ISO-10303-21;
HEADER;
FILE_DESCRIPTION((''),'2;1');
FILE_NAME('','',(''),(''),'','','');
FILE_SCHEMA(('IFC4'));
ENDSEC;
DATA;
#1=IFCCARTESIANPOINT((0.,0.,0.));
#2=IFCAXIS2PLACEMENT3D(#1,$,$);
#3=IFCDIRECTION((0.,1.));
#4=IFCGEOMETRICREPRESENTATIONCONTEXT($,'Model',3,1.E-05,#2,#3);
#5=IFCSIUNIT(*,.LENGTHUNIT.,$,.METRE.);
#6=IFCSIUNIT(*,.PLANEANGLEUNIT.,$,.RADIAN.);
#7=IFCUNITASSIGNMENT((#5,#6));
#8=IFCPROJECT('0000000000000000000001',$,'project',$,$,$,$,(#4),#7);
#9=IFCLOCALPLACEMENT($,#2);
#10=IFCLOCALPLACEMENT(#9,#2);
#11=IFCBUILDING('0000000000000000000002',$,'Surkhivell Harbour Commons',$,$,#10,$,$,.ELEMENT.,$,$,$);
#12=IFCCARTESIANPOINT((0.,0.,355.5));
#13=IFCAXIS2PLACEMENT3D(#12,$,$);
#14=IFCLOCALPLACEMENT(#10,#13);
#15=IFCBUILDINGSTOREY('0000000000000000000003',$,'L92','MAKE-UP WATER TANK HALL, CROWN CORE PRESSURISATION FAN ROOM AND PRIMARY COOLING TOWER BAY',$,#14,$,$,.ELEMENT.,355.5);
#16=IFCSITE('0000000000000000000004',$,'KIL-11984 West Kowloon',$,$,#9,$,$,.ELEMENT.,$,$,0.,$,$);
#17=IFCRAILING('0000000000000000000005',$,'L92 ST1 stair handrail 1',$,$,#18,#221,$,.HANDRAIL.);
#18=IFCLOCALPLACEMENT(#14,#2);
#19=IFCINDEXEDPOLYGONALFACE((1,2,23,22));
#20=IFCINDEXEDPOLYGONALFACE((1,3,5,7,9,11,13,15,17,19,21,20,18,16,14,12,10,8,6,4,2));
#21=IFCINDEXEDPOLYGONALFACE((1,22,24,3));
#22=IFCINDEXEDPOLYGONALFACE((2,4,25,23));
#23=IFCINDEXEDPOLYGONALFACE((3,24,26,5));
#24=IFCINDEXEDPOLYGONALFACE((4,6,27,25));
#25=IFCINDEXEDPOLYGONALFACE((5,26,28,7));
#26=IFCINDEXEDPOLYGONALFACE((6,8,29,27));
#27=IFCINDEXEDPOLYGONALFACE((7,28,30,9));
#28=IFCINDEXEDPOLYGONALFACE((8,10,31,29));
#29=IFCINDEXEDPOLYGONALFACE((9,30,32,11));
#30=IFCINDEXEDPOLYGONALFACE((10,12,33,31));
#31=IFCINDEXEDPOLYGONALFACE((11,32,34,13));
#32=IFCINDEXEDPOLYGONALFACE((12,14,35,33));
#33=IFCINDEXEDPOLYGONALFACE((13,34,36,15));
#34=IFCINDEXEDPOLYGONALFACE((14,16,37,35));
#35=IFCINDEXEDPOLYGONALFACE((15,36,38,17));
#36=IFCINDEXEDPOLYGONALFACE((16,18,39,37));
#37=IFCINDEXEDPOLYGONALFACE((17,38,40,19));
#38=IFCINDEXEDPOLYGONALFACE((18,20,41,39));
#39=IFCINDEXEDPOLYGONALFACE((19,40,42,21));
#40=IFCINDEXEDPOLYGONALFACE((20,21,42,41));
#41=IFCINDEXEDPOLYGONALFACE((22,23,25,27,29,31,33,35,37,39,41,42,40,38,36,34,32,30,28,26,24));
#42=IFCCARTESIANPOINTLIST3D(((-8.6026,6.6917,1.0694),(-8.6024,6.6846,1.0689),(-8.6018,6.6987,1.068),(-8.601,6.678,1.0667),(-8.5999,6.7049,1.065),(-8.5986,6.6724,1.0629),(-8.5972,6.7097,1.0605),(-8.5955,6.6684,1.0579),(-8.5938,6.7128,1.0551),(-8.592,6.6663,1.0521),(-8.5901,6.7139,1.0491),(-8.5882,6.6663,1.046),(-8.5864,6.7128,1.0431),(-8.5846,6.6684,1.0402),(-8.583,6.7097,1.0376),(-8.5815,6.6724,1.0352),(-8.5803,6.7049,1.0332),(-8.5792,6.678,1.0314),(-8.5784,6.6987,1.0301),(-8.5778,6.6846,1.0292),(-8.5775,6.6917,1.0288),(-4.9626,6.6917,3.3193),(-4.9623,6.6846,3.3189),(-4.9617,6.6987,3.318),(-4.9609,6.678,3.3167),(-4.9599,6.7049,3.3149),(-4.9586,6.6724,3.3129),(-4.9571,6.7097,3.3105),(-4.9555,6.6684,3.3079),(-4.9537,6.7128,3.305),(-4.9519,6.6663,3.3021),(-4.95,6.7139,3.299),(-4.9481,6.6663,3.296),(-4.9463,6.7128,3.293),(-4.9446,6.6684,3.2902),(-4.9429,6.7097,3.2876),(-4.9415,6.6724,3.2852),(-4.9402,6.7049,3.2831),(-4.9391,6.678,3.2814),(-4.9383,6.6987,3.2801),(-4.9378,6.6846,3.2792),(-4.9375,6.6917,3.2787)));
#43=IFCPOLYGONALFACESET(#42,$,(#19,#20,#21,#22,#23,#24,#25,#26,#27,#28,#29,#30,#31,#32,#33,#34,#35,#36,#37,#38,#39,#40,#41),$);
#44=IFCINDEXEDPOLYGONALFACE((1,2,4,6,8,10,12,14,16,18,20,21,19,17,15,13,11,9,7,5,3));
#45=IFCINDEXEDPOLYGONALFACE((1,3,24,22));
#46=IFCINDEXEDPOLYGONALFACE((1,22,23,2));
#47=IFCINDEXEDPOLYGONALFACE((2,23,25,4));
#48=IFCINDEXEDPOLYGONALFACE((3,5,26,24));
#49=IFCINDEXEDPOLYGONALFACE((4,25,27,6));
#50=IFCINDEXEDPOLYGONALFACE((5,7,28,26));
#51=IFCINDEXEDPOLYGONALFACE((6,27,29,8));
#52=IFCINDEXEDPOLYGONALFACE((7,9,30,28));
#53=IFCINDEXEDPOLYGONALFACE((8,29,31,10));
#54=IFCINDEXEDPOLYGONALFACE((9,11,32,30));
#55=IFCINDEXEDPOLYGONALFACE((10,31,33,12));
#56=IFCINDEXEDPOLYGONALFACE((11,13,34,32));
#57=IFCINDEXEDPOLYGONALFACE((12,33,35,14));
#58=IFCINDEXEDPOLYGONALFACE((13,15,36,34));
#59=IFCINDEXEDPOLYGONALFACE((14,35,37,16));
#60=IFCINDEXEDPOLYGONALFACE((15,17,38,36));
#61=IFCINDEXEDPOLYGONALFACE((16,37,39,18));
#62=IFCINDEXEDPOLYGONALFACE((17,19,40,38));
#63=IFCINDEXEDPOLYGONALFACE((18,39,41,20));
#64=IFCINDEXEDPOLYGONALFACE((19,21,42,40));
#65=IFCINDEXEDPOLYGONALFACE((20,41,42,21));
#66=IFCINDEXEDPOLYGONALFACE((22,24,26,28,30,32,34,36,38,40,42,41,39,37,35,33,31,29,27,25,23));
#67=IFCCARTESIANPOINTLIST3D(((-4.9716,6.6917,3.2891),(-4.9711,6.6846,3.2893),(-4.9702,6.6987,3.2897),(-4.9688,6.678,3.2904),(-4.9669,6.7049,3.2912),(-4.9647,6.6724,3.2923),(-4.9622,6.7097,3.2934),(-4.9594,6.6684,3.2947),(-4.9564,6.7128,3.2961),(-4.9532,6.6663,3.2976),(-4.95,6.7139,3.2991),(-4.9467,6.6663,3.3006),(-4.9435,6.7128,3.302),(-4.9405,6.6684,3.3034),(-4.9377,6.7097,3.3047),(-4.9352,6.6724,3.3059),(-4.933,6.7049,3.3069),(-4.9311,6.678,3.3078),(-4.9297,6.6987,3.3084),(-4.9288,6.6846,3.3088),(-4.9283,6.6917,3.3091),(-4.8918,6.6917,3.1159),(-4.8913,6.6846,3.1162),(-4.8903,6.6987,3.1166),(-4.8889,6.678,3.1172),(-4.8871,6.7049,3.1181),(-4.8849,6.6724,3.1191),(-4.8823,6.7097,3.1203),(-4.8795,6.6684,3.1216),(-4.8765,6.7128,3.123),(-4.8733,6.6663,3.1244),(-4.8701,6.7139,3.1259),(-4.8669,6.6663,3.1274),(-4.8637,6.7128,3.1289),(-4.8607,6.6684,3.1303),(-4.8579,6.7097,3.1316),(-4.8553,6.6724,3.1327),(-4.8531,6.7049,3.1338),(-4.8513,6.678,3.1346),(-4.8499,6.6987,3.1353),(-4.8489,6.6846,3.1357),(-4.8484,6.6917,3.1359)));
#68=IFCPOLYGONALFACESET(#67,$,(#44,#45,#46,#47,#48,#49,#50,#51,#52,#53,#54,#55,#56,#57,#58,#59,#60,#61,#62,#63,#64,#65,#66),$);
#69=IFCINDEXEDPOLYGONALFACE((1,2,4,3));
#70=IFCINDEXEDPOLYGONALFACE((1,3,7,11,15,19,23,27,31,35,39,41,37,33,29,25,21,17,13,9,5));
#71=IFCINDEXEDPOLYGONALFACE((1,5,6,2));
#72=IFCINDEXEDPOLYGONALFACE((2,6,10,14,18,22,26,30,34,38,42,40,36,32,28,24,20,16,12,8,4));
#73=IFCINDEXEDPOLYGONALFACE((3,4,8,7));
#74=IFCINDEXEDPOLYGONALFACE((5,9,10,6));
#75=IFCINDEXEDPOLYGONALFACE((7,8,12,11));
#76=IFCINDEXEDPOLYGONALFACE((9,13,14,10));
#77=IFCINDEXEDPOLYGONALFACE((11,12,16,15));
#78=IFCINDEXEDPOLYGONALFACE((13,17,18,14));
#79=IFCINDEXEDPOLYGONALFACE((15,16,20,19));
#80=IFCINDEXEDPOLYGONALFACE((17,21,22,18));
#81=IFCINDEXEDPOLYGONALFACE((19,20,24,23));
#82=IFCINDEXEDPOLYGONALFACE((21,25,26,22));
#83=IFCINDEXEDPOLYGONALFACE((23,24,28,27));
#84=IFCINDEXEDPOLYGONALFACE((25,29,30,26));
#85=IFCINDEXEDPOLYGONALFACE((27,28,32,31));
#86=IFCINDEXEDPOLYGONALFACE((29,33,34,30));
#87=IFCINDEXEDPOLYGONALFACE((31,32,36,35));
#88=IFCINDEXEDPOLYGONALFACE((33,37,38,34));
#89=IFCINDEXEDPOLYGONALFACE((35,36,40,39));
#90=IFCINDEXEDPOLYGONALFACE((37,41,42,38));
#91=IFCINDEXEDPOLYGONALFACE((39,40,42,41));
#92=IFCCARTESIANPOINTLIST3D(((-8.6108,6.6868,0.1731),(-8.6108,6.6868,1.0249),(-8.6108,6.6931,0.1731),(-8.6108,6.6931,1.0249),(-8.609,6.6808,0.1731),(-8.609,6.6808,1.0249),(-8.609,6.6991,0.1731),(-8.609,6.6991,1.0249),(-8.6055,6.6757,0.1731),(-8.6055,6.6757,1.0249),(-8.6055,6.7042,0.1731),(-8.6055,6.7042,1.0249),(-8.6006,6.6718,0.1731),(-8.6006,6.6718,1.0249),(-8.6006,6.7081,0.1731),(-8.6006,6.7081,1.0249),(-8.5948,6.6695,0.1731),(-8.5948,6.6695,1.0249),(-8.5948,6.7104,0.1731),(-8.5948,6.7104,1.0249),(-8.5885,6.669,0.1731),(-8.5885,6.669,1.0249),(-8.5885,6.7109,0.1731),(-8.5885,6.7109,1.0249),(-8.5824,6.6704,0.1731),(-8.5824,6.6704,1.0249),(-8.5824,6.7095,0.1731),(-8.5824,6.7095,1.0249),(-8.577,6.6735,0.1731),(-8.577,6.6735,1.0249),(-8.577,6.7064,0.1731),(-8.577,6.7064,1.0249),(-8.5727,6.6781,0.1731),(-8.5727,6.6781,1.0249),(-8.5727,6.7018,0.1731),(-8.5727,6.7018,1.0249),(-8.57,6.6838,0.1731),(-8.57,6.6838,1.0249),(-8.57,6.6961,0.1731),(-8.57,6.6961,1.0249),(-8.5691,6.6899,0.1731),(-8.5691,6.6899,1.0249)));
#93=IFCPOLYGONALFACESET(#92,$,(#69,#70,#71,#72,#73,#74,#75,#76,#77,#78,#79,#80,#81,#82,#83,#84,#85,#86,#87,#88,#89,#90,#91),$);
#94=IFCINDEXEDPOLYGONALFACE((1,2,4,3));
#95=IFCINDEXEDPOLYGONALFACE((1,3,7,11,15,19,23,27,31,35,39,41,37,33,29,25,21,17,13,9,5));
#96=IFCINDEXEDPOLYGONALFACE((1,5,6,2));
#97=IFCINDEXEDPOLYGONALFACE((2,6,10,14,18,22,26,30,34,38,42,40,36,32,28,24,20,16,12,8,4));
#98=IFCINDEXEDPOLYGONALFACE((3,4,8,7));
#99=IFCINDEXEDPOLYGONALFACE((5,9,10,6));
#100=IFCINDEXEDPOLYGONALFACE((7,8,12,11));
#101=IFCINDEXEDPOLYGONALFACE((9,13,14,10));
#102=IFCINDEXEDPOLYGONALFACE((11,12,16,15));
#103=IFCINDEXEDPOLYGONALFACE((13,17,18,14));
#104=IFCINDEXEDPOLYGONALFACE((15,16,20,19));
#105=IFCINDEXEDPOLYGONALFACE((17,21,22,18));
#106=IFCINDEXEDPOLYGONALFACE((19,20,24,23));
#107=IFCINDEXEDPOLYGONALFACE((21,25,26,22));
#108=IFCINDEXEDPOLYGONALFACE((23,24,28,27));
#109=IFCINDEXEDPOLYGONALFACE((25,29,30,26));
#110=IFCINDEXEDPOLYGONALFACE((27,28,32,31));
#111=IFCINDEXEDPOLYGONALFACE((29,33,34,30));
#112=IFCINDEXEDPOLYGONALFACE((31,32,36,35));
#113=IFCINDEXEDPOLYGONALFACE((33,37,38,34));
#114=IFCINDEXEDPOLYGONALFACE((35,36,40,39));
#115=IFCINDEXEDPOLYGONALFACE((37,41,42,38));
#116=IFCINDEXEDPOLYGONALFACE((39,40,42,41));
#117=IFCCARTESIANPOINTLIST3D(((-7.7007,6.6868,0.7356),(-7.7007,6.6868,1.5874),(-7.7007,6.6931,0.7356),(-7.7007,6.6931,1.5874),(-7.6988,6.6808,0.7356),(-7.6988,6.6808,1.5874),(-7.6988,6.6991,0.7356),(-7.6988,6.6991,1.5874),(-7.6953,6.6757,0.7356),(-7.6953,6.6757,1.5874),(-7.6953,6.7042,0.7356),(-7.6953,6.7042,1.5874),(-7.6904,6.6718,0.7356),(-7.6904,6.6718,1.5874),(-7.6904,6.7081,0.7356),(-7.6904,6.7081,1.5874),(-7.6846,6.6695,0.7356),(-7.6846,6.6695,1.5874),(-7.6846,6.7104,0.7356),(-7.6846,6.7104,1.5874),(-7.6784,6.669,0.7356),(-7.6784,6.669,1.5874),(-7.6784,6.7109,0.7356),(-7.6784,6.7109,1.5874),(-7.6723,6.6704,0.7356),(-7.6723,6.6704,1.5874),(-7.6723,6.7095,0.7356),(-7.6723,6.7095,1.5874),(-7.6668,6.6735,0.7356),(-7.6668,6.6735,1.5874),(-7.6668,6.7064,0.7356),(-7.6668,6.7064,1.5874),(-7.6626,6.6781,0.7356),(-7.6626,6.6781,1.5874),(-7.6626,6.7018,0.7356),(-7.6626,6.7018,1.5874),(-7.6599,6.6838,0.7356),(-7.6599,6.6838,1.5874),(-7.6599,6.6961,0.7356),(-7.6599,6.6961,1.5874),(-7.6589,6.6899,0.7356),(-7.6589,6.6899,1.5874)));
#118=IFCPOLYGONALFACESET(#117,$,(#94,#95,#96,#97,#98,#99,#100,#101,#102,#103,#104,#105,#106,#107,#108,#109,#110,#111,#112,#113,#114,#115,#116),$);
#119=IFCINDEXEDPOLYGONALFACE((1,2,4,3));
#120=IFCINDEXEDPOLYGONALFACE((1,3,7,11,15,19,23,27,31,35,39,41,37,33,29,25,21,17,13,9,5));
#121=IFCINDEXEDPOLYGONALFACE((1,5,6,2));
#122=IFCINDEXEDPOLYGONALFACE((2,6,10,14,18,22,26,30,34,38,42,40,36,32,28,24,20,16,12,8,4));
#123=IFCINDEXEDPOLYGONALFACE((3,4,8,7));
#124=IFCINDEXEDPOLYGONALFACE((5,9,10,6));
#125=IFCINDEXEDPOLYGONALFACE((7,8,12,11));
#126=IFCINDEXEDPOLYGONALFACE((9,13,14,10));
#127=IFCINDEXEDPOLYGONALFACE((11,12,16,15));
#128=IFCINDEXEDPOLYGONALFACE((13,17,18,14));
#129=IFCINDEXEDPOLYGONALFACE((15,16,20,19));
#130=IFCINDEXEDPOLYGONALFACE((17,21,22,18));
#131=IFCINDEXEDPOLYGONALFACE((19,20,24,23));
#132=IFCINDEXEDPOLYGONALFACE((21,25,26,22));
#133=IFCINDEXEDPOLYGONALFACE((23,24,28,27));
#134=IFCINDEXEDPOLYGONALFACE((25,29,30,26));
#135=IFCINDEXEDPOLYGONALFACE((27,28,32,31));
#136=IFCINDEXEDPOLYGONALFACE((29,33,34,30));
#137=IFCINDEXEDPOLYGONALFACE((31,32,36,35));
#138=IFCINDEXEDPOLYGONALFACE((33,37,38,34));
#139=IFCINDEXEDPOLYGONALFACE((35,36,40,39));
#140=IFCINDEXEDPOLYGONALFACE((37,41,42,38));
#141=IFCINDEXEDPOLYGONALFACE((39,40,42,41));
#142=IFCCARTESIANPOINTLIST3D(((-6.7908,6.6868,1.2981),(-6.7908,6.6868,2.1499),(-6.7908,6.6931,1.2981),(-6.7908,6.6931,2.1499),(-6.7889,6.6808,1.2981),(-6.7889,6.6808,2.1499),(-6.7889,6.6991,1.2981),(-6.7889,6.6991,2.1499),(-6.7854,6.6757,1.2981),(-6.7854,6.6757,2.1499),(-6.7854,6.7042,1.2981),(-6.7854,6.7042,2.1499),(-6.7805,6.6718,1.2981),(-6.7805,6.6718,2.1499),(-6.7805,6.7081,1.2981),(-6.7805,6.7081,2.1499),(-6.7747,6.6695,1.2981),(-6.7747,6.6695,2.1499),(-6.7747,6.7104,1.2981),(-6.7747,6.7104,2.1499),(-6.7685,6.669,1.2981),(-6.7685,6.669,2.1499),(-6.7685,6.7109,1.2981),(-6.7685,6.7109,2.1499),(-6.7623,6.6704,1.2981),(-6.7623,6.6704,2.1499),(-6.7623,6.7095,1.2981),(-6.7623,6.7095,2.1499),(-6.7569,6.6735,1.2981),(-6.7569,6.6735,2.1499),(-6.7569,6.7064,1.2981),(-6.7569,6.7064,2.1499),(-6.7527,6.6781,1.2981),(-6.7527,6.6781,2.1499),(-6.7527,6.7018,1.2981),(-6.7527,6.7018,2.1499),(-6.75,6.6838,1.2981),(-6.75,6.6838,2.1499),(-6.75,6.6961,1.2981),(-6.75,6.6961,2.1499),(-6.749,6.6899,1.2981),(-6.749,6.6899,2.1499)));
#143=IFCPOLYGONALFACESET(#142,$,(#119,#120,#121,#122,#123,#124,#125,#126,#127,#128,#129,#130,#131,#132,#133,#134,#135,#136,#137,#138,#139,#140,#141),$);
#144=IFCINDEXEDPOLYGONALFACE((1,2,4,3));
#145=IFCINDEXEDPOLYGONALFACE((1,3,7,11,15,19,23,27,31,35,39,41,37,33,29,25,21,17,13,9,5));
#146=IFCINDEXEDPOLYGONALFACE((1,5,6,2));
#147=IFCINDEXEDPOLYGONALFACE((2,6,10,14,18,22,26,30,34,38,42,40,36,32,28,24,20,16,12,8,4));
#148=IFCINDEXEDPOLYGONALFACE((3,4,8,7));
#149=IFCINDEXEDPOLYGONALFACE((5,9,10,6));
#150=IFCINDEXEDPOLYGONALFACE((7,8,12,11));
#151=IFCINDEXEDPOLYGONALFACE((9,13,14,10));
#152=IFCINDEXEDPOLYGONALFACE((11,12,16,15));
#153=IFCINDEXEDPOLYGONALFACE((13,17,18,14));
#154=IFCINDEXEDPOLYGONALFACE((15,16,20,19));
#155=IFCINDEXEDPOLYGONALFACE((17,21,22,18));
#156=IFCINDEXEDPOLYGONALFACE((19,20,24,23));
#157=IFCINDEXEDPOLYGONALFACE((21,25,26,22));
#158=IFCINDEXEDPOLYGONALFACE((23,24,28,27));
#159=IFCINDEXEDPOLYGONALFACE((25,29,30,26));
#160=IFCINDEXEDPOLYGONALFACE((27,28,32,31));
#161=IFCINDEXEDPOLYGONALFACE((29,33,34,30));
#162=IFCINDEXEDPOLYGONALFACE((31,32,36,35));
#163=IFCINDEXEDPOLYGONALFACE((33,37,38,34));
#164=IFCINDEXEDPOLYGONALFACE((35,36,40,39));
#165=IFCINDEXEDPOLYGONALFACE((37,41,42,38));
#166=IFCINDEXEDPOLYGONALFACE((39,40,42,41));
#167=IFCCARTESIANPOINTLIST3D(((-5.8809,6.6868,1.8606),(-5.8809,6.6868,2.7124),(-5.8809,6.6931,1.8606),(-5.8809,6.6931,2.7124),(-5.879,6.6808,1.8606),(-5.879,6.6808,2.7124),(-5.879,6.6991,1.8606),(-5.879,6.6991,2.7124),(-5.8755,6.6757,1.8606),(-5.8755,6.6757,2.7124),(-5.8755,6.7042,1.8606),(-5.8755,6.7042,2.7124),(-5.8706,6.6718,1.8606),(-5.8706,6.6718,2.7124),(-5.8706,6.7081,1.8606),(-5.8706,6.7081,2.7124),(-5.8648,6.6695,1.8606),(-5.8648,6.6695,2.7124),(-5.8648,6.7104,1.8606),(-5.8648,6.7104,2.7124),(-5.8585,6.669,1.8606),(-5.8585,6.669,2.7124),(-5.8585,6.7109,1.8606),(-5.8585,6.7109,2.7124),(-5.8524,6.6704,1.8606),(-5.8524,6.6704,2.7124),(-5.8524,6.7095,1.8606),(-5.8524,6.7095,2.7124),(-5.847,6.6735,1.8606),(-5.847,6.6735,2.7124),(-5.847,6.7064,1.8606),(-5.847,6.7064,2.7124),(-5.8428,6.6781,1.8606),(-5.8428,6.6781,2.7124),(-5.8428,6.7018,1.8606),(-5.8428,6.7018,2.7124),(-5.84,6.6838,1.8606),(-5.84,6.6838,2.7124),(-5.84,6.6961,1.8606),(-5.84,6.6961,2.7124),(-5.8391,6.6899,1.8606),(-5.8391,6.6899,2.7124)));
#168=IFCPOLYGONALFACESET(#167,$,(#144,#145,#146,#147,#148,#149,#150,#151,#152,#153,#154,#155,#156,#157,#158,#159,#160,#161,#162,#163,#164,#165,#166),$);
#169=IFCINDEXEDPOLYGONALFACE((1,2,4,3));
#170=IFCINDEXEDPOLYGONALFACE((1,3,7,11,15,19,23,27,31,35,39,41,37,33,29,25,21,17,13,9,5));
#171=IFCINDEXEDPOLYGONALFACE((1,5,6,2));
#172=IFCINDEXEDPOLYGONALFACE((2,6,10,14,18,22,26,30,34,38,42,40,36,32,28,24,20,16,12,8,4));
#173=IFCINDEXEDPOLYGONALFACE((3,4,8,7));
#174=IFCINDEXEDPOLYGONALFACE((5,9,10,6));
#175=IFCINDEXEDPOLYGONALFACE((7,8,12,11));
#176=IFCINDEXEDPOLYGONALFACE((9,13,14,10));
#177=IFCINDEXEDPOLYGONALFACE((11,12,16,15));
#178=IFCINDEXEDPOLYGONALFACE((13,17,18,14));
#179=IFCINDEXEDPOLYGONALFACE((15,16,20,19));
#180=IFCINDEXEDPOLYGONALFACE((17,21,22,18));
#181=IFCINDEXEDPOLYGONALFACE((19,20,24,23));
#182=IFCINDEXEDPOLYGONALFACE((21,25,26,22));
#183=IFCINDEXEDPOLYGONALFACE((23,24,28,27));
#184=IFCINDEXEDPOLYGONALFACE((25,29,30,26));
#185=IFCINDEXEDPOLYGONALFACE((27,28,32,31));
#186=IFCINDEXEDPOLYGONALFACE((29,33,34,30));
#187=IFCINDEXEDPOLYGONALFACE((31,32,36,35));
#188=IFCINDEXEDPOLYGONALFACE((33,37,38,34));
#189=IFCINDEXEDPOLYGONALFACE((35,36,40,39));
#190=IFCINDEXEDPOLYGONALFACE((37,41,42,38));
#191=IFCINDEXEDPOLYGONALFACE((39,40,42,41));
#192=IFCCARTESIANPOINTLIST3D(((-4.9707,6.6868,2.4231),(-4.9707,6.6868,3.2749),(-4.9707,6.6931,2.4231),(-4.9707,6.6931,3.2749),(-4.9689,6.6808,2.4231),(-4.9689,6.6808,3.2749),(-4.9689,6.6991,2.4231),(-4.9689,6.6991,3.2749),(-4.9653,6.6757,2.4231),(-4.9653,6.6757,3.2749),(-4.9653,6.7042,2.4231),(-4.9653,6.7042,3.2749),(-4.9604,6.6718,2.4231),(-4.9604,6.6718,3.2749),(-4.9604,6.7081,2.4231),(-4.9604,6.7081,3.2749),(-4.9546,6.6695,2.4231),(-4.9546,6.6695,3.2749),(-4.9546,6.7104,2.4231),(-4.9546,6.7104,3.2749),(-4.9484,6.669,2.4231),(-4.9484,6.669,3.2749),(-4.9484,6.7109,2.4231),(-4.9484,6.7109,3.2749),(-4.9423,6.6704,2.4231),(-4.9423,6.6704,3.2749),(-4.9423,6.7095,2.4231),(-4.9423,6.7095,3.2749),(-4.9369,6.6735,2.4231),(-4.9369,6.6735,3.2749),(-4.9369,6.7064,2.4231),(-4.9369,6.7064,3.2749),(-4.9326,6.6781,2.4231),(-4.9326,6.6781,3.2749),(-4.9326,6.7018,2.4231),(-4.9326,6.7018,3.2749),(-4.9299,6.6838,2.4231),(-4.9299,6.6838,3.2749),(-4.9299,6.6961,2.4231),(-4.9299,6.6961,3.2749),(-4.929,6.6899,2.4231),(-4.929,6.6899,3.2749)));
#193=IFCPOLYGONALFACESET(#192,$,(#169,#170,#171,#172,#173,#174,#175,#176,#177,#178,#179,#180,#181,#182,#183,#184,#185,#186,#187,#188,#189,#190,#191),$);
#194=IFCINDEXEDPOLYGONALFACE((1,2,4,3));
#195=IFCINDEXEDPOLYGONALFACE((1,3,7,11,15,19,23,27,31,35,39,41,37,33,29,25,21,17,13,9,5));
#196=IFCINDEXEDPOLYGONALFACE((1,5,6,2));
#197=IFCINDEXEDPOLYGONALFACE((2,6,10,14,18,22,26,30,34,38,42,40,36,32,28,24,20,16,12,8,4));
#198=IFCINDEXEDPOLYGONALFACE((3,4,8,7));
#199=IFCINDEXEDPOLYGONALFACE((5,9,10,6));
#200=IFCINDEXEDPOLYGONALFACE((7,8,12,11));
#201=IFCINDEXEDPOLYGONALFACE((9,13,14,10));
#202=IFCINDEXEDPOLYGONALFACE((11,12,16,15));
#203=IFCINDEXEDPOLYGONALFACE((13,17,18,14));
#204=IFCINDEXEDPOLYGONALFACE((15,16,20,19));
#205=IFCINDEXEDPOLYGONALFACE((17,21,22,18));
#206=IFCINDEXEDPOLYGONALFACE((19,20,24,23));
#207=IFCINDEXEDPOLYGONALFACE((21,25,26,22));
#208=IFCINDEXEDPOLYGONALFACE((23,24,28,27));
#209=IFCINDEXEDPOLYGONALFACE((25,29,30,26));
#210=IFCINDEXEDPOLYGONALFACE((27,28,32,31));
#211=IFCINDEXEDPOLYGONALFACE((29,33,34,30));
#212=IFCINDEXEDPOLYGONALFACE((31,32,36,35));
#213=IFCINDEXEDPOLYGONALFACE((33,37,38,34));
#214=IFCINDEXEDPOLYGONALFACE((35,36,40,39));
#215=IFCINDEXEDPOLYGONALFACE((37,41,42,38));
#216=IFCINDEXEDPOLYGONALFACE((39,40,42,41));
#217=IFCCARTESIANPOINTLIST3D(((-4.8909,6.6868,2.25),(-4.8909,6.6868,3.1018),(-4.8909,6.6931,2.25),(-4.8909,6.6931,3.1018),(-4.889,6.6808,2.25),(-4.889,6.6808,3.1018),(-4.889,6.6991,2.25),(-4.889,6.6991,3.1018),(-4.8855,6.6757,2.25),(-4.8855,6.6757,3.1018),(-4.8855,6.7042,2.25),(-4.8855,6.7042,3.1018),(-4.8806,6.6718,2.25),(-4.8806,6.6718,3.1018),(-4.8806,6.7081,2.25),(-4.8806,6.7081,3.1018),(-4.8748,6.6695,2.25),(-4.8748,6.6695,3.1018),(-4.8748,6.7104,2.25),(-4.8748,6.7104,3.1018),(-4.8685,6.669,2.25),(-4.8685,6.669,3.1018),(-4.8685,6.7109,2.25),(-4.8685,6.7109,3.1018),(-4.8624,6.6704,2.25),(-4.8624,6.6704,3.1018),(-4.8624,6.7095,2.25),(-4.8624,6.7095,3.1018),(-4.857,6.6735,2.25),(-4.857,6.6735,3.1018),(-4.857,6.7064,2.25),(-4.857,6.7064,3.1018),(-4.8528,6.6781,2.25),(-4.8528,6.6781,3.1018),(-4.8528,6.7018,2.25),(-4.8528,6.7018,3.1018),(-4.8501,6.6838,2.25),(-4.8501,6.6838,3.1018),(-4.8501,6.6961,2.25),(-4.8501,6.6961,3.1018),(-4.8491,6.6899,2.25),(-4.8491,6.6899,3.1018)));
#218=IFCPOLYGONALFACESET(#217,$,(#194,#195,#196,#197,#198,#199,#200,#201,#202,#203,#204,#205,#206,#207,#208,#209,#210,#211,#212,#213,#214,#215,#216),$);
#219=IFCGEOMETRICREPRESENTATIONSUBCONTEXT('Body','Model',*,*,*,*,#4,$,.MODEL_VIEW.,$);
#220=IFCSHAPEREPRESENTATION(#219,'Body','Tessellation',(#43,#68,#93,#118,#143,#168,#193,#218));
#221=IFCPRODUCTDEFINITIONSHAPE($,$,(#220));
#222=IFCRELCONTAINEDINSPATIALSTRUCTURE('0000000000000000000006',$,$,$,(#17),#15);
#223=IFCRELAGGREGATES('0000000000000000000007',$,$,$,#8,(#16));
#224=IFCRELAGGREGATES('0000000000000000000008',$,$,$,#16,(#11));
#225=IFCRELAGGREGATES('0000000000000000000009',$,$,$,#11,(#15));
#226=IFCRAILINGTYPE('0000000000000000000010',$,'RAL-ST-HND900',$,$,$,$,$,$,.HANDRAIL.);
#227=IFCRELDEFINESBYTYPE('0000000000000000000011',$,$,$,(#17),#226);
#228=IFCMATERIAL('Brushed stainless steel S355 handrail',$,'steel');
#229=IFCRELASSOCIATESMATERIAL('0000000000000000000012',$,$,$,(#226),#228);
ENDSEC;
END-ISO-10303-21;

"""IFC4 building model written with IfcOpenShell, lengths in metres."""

from ifc_helpers import new_model, si_unit, direction, frame, origin, origin_2d, place, context, subcontext, project, spatial, circle, extrude, material, type_object, element, save


model = new_model("IFC4")

# Units and contexts
model_context = context("Model", 3, precision=1e-05, world=origin(), true_north=direction((0.0, 1.0)))
body_context = subcontext(model_context, "Body", "Model", "MODEL_VIEW")
ifc_project = project(units=[si_unit("LENGTHUNIT", "METRE"), si_unit("PLANEANGLEUNIT", "RADIAN")], contexts=[model_context])

# Site, building, storey
site_placement = place(None, origin())
site = spatial("IfcSite", under=ifc_project, at=site_placement, Name="KIL-11984 West Kowloon", CompositionType="ELEMENT", RefElevation=0.0)
building_placement = place(site_placement, origin())
building = spatial("IfcBuilding", under=site, at=building_placement, Name="Surkhivell Harbour Commons", CompositionType="ELEMENT")
storey_placement = place(building_placement, frame((0.0, 0.0, 355.5)))
storey = spatial("IfcBuildingStorey", under=building, at=storey_placement, Name="L92", Description="MAKE-UP WATER TANK HALL, CROWN CORE PRESSURISATION FAN ROOM AND PRIMARY COOLING TOWER BAY", CompositionType="ELEMENT", Elevation=355.5)

# Railing
ifc_material_1 = material(Name="Brushed stainless steel S355 handrail", Category="steel")
railing_type_1 = type_object("IfcRailingType", Name="RAL-ST-HND900", PredefinedType="HANDRAIL", material=ifc_material_1)
railing_1_placement = place(storey_placement, frame((-8.5901, 6.6899, 0.1731)))
element("IfcRailing", 1, at=railing_1_placement, inside=storey, type_object=railing_type_1, Name="L92 ST1 stair handrail 1", PredefinedType="HANDRAIL", context=body_context, shape_type="SweptSolid", body=[
    extrude(circle(Radius=0.0239, at=origin_2d()), frame((0.0, 0.0, 0.876), z_axis=(0.850622, 0.0, 0.525777), x_axis=(0.0, 1.0, 0.0)), (0.0, 0.0, 1.0), 4.2793),
    extrude(circle(Radius=0.0239, at=origin_2d()), frame((3.6401, 0.0, 3.126), z_axis=(0.418815, 0.0, -0.908072), x_axis=(0.0, 1.0, 0.0)), (0.0, 0.0, 1.0), 0.1907),
    extrude(circle(Radius=0.021, at=origin_2d()), origin(), (0.0, 0.0, 1.0), 0.8518),
    extrude(circle(Radius=0.021, at=origin_2d()), frame((0.9102, 0.0, 0.5625)), (0.0, 0.0, 1.0), 0.8518),
    extrude(circle(Radius=0.021, at=origin_2d()), frame((1.8201, 0.0, 1.125)), (0.0, 0.0, 1.0), 0.8518),
    extrude(circle(Radius=0.021, at=origin_2d()), frame((2.73, 0.0, 1.6875)), (0.0, 0.0, 1.0), 0.8518),
    extrude(circle(Radius=0.021, at=origin_2d()), frame((3.6401, 0.0, 2.25)), (0.0, 0.0, 1.0), 0.8518),
    extrude(circle(Radius=0.021, at=origin_2d()), frame((3.72, 0.0, 2.0769)), (0.0, 0.0, 1.0), 0.8518),
])

save(model, "model.ifc")
